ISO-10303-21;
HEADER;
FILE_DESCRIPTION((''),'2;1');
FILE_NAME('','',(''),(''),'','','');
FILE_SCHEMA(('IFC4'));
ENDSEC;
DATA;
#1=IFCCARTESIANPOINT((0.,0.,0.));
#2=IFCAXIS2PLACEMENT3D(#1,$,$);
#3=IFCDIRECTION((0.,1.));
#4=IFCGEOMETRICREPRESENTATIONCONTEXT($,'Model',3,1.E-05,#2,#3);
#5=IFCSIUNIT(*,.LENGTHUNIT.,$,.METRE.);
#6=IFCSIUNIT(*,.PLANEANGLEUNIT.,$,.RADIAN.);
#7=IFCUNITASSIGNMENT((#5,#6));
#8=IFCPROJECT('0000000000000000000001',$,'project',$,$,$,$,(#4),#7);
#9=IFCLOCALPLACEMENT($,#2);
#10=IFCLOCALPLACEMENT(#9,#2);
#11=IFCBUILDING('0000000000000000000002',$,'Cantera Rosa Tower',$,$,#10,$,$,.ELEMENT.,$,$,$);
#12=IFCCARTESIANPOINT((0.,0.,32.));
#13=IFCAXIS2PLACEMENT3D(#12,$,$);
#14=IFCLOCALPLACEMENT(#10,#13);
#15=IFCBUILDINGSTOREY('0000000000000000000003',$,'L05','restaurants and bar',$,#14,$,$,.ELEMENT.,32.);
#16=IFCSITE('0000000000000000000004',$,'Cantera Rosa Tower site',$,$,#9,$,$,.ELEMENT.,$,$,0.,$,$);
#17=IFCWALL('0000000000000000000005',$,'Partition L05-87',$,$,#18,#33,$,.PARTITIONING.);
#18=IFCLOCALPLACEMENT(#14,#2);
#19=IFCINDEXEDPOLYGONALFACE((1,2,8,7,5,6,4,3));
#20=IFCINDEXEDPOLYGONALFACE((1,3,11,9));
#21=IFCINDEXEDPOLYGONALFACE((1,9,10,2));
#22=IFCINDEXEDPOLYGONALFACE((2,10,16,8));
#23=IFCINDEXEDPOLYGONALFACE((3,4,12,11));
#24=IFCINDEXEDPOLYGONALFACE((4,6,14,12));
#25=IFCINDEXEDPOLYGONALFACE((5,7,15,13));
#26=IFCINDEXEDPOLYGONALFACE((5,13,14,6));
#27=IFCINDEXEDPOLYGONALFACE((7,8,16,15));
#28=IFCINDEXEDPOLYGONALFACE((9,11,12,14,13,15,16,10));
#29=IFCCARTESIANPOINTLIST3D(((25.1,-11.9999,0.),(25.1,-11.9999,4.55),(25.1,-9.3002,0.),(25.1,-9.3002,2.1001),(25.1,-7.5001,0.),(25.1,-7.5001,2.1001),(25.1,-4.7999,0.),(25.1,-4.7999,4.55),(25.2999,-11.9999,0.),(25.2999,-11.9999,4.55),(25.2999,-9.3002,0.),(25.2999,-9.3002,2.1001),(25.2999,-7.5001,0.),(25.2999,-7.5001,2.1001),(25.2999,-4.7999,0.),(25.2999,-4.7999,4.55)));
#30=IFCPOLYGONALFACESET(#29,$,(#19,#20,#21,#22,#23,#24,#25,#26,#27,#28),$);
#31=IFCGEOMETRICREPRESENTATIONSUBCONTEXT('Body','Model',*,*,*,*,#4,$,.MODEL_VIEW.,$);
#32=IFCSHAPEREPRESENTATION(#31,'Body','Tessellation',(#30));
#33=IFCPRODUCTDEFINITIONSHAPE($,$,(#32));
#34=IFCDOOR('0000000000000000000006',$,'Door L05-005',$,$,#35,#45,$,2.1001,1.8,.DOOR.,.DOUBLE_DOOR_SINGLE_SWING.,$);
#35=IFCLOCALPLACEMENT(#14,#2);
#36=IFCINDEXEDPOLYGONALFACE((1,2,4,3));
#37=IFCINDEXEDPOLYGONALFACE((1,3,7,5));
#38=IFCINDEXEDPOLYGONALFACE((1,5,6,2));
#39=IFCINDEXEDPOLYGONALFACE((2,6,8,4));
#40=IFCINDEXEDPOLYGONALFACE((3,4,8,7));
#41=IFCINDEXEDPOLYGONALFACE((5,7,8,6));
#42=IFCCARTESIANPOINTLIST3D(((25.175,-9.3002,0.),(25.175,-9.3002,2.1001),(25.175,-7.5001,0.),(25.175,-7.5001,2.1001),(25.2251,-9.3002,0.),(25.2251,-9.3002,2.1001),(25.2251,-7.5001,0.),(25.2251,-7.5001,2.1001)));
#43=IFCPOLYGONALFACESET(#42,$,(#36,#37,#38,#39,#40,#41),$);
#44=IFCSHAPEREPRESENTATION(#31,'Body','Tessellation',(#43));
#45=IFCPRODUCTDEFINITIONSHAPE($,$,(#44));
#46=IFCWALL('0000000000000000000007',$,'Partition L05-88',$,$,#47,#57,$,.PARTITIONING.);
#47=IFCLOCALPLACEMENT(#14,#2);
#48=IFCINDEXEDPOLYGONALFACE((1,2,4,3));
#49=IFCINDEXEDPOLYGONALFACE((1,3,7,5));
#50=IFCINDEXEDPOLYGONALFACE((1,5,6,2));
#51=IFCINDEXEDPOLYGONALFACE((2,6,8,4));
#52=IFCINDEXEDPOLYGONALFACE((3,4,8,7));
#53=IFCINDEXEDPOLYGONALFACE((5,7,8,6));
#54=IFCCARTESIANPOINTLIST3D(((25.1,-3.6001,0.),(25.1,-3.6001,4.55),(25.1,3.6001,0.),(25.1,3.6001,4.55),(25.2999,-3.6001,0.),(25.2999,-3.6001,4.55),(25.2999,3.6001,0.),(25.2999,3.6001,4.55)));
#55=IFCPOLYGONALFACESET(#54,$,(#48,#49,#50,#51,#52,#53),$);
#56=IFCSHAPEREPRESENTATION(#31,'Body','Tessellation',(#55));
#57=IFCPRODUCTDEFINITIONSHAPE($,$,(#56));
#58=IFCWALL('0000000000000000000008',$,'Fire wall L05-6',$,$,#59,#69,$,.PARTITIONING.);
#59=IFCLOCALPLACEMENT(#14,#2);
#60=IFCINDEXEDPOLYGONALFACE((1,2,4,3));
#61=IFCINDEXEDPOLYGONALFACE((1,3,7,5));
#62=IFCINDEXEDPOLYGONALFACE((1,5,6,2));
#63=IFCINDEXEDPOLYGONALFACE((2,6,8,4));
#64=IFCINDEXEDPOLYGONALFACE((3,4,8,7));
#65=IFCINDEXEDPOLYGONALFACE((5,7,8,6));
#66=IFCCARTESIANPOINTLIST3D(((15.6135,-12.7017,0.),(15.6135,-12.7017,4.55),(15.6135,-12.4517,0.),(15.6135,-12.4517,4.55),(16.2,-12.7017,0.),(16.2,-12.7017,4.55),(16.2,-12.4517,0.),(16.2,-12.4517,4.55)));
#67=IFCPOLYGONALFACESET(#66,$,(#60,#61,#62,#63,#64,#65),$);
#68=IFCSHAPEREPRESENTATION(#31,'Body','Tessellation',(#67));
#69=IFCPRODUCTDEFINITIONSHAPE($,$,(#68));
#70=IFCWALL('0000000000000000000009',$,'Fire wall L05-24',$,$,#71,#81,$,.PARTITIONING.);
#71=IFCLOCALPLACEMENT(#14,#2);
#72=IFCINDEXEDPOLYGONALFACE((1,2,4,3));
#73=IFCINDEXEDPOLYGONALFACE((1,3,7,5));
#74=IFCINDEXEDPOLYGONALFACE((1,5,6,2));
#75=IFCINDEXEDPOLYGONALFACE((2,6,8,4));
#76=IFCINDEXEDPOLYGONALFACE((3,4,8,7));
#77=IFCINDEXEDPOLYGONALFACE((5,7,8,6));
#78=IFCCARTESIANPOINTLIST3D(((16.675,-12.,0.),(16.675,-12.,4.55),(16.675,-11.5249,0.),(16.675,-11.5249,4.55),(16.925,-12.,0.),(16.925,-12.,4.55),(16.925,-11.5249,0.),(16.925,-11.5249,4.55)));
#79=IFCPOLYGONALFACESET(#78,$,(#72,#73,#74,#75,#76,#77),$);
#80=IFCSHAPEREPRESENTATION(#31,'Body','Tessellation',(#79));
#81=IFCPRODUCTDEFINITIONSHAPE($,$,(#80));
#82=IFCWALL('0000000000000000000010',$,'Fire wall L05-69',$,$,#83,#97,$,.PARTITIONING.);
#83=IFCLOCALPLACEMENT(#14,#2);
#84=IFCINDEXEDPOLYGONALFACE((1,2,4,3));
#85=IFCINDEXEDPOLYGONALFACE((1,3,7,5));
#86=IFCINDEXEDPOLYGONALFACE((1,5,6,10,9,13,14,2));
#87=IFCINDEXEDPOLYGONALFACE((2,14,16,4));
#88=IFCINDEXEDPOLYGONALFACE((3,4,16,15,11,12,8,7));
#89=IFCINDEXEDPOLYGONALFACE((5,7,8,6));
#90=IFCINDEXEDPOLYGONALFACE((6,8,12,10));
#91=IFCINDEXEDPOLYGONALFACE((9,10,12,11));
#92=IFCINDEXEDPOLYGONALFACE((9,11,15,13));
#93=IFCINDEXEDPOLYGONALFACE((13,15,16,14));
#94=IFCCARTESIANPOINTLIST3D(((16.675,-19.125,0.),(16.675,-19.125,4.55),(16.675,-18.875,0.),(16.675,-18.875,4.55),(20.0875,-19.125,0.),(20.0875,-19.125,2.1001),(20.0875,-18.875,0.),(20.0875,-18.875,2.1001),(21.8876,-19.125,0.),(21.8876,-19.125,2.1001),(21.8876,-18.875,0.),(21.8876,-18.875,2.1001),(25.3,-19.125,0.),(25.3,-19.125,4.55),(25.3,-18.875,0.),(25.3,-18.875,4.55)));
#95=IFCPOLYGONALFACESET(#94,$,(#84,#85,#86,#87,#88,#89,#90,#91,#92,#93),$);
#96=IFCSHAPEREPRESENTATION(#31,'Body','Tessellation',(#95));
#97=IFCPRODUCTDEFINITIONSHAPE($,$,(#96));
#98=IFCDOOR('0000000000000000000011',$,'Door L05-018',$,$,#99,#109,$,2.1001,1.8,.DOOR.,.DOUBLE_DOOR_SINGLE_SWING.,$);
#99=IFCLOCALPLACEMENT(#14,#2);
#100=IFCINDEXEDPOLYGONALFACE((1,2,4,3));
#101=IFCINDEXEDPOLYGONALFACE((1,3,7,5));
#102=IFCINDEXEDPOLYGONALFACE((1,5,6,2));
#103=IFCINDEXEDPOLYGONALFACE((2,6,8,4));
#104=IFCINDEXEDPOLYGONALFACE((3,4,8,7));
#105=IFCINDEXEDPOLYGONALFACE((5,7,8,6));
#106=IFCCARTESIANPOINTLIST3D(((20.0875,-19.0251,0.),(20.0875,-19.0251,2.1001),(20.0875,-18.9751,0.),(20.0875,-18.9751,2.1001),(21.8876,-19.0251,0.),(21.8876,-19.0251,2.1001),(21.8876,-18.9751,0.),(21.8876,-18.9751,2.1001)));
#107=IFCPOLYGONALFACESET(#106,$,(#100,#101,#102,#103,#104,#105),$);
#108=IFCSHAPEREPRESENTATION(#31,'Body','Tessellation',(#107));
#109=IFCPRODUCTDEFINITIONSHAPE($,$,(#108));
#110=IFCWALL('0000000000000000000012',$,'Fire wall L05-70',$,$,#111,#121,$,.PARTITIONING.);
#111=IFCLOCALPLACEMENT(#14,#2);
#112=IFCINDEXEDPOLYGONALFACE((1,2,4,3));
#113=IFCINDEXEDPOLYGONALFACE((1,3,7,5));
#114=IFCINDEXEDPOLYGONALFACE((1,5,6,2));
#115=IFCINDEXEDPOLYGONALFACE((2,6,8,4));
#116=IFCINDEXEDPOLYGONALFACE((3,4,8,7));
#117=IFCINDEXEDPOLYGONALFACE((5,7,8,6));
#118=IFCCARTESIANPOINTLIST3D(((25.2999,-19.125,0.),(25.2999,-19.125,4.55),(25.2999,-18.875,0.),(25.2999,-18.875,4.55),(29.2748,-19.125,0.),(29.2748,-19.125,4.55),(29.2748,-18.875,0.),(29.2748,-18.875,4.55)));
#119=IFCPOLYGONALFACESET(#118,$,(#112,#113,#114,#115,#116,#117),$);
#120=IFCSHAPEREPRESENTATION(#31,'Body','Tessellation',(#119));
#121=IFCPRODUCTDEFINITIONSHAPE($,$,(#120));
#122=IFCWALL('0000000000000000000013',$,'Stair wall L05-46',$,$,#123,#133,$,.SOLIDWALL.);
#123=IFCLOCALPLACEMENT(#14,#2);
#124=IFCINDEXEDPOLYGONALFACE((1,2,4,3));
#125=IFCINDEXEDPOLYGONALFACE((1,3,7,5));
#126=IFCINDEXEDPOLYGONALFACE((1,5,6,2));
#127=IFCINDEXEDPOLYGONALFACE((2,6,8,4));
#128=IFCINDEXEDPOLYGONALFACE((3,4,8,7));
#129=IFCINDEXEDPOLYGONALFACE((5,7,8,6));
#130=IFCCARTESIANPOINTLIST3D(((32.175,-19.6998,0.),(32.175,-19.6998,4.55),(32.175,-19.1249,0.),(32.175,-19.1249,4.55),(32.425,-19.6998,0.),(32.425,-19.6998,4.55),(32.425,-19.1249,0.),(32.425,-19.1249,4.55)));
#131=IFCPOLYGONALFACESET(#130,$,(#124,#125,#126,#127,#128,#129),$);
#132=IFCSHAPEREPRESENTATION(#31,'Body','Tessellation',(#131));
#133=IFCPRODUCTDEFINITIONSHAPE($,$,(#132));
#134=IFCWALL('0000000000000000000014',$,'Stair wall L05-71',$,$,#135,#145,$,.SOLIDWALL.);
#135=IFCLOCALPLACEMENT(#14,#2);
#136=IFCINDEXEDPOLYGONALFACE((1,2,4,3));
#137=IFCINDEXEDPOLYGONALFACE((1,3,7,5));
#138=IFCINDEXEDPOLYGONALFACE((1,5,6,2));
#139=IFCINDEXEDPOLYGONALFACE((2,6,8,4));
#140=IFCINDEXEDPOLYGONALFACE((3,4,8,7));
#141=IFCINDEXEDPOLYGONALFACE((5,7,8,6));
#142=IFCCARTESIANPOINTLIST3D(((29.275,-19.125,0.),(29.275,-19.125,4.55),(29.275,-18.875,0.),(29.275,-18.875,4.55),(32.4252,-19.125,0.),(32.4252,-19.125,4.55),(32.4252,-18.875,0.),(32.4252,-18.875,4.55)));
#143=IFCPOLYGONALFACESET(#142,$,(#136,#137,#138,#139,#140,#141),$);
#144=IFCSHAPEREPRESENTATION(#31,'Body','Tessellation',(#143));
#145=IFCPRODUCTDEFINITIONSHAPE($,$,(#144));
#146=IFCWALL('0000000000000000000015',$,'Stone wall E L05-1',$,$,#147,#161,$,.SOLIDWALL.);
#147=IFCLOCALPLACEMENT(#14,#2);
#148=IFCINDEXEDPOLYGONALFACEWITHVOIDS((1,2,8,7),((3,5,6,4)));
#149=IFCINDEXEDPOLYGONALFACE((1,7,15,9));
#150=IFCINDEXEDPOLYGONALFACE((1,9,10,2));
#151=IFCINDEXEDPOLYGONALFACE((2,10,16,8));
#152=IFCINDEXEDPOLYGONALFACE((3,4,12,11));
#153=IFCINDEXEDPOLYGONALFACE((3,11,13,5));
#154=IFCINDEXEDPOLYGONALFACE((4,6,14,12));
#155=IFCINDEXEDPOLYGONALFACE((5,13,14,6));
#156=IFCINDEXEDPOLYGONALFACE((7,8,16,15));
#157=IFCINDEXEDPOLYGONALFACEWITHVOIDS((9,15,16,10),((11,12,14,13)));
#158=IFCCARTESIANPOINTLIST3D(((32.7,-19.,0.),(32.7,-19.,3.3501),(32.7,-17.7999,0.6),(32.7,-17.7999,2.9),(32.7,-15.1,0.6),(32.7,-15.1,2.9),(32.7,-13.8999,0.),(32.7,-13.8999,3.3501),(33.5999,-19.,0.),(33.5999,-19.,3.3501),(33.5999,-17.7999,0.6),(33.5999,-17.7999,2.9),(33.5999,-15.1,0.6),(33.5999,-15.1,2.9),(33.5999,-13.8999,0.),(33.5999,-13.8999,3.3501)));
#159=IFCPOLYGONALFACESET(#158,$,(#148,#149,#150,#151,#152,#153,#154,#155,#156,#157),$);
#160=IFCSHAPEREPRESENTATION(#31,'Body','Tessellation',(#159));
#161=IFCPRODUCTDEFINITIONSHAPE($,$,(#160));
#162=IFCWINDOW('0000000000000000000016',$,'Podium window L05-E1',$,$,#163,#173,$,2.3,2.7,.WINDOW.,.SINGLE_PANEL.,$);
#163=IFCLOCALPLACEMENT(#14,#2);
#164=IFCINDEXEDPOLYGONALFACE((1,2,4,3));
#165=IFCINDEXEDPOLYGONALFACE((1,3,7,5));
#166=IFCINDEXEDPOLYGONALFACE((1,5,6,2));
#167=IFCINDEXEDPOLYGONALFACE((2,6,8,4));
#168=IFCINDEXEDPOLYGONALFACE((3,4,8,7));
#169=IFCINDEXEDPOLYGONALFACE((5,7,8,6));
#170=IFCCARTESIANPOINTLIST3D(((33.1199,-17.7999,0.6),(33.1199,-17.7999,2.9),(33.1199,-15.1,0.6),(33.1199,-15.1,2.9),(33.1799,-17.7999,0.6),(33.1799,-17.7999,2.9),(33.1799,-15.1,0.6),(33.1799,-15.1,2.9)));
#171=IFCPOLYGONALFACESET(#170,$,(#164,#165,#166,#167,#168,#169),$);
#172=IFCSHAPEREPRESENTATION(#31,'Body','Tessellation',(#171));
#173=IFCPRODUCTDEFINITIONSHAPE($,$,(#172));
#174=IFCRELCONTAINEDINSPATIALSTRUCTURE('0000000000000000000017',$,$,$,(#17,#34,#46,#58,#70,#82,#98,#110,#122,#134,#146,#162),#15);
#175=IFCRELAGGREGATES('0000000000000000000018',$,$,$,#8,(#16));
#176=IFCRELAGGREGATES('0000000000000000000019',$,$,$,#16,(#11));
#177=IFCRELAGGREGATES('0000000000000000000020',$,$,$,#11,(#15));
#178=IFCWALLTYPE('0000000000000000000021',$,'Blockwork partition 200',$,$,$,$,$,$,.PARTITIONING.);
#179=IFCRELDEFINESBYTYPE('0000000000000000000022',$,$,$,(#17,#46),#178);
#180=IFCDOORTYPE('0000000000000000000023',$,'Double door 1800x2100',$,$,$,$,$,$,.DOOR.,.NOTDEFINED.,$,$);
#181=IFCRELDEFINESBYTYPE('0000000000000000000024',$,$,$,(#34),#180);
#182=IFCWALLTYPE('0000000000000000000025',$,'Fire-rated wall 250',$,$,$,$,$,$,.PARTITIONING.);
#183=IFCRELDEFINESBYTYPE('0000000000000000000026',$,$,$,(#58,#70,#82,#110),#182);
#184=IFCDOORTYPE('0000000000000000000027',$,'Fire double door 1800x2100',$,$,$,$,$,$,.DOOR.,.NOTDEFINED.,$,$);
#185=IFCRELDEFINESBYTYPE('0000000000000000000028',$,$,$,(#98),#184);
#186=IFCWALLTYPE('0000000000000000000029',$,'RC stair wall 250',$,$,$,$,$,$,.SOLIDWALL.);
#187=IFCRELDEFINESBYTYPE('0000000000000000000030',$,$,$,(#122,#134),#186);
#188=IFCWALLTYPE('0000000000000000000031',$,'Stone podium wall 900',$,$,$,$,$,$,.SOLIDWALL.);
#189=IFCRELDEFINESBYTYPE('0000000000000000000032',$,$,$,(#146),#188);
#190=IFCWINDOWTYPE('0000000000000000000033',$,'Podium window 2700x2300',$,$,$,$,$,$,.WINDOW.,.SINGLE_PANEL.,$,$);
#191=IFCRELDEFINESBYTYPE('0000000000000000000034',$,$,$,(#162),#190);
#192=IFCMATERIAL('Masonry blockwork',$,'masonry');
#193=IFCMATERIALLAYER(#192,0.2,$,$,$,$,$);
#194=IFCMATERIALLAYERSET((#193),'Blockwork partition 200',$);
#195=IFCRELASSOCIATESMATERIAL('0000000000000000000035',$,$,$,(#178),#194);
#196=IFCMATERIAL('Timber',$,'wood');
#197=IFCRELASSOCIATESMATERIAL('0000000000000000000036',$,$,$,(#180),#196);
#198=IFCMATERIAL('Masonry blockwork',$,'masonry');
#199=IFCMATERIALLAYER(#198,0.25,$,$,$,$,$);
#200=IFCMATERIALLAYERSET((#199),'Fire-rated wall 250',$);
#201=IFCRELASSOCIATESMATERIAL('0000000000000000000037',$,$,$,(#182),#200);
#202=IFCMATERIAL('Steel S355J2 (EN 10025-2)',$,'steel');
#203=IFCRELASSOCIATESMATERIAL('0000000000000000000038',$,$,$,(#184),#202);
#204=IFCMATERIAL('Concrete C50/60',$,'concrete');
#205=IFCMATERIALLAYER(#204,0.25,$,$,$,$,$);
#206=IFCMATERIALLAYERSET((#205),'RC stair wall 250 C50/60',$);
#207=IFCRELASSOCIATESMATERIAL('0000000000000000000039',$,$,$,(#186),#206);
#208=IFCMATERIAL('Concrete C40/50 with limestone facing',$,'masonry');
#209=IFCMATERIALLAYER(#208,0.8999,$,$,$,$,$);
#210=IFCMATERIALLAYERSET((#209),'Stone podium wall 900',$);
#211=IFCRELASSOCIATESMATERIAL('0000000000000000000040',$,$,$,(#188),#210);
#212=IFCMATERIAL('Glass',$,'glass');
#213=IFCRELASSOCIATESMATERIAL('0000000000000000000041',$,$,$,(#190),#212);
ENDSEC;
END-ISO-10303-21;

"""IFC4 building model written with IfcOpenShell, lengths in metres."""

from ifc_helpers import new_model, si_unit, direction, frame, frame_2d, origin, place, context, subcontext, project, spatial, rectangle, extrude, material, layer, layer_set, type_object, element, fill, save


model = new_model("IFC4")

# Units and contexts
model_context = context("Model", 3, precision=1e-05, world=origin(), true_north=direction((0.0, 1.0)))
body_context = subcontext(model_context, "Body", "Model", "MODEL_VIEW")
ifc_project = project(units=[si_unit("LENGTHUNIT", "METRE"), si_unit("PLANEANGLEUNIT", "RADIAN")], contexts=[model_context])

# Site, building, storey
site_placement = place(None, origin())
site = spatial("IfcSite", under=ifc_project, at=site_placement, Name="Cantera Rosa Tower site", CompositionType="ELEMENT", RefElevation=0.0)
building_placement = place(site_placement, origin())
building = spatial("IfcBuilding", under=site, at=building_placement, Name="Cantera Rosa Tower", CompositionType="ELEMENT")
storey_placement = place(building_placement, frame((0.0, 0.0, 32.0)))
storey = spatial("IfcBuildingStorey", under=building, at=storey_placement, Name="L05", Description="restaurants and bar", CompositionType="ELEMENT", Elevation=32.0)

# Shared definitions
ifc_material_1 = material(Name="Masonry blockwork", Category="masonry")
ifc_layer_1 = layer(ifc_material_1, 0.2)
ifc_layer_set_1 = layer_set([ifc_layer_1], Name="Blockwork partition 200")
wall_type_1 = type_object("IfcWallType", Name="Blockwork partition 200", PredefinedType="PARTITIONING", material=ifc_layer_set_1)

# Wall, opening, door
wall_1_placement = place(storey_placement, frame((25.2, -12.0, 0.0), z_axis=(0.0, 0.0, 1.0), x_axis=(0.0, 1.0, 0.0)))
wall_1 = element("IfcWall", 1, at=wall_1_placement, inside=storey, type_object=wall_type_1, Name="Partition L05-87", PredefinedType="PARTITIONING", context=body_context, shape_type="SweptSolid", body=[
    extrude(rectangle(XDim=7.2, YDim=0.2, at=frame_2d((3.6001, 0.0))), origin(), (0.0, 0.0, 1.0), 4.55),
])
opening_1_placement = place(wall_1_placement, frame((2.7, 0.0, 0.0)))
opening_1 = element("IfcOpeningElement", 2, at=opening_1_placement, cuts=wall_1, PredefinedType="OPENING", context=body_context, shape_type="SweptSolid", body=[
    extrude(rectangle(XDim=1.8, YDim=2.1001, at=frame_2d((0.8999, 1.05))), frame((0.0, 0.1099, 0.0), z_axis=(0.0, -1.0, 0.0), x_axis=(1.0, 0.0, 0.0)), (0.0, 0.0, 1.0), 0.22),
])
ifc_material_2 = material(Name="Timber", Category="wood")
door_type_1 = type_object("IfcDoorType", Name="Double door 1800x2100", OperationType="NOTDEFINED", PredefinedType="DOOR", material=ifc_material_2)
door_1_placement = place(opening_1_placement, origin())
door_1 = element("IfcDoor", 3, at=door_1_placement, inside=storey, type_object=door_type_1, Name="Door L05-005", OperationType="DOUBLE_DOOR_SINGLE_SWING", OverallHeight=2.1001, OverallWidth=1.8, PredefinedType="DOOR", context=body_context, shape_type="SweptSolid", body=[
    extrude(rectangle(XDim=1.8, YDim=2.1001, at=frame_2d((0.8999, 1.05))), frame((0.0, 0.0249, 0.0), z_axis=(0.0, -1.0, 0.0), x_axis=(1.0, 0.0, 0.0)), (0.0, 0.0, 1.0), 0.05),
])
fill(opening_1, door_1)

# Walls
wall_2_placement = place(storey_placement, frame((25.2, -3.6001, 0.0), z_axis=(0.0, 0.0, 1.0), x_axis=(0.0, 1.0, 0.0)))
element("IfcWall", 4, at=wall_2_placement, inside=storey, type_object=wall_type_1, Name="Partition L05-88", PredefinedType="PARTITIONING", context=body_context, shape_type="SweptSolid", body=[
    extrude(rectangle(XDim=7.2002, YDim=0.2, at=frame_2d((3.6001, 0.0))), origin(), (0.0, 0.0, 1.0), 4.55),
])
ifc_material_3 = material(Name="Masonry blockwork", Category="masonry")
ifc_layer_2 = layer(ifc_material_3, 0.25)
ifc_layer_set_2 = layer_set([ifc_layer_2], Name="Fire-rated wall 250")
wall_type_2 = type_object("IfcWallType", Name="Fire-rated wall 250", PredefinedType="PARTITIONING", material=ifc_layer_set_2)
wall_3_placement = place(storey_placement, frame((15.6135, -12.5767, 0.0), z_axis=(0.0, 0.0, 1.0), x_axis=(1.0, 0.0, 0.0)))
element("IfcWall", 5, at=wall_3_placement, inside=storey, type_object=wall_type_2, Name="Fire wall L05-6", PredefinedType="PARTITIONING", context=body_context, shape_type="SweptSolid", body=[
    extrude(rectangle(XDim=0.5864, YDim=0.25, at=frame_2d((0.2932, 0.0))), origin(), (0.0, 0.0, 1.0), 4.55),
])
wall_4_placement = place(storey_placement, frame((16.8, -12.0, 0.0), z_axis=(0.0, 0.0, 1.0), x_axis=(0.0, 1.0, 0.0)))
element("IfcWall", 6, at=wall_4_placement, inside=storey, type_object=wall_type_2, Name="Fire wall L05-24", PredefinedType="PARTITIONING", context=body_context, shape_type="SweptSolid", body=[
    extrude(rectangle(XDim=0.4751, YDim=0.25, at=frame_2d((0.2375, 0.0))), origin(), (0.0, 0.0, 1.0), 4.55),
])

# Wall, opening, door
wall_5_placement = place(storey_placement, frame((16.675, -19.0, 0.0), z_axis=(0.0, 0.0, 1.0), x_axis=(1.0, 0.0, 0.0)))
wall_5 = element("IfcWall", 7, at=wall_5_placement, inside=storey, type_object=wall_type_2, Name="Fire wall L05-69", PredefinedType="PARTITIONING", context=body_context, shape_type="SweptSolid", body=[
    extrude(rectangle(XDim=8.625, YDim=0.25, at=frame_2d((4.3125, 0.0))), origin(), (0.0, 0.0, 1.0), 4.55),
])
opening_2_placement = place(wall_5_placement, frame((3.4126, 0.0, 0.0)))
opening_2 = element("IfcOpeningElement", 8, at=opening_2_placement, cuts=wall_5, PredefinedType="OPENING", context=body_context, shape_type="SweptSolid", body=[
    extrude(rectangle(XDim=1.8, YDim=2.1001, at=frame_2d((0.8999, 1.05))), frame((0.0, 0.135, 0.0), z_axis=(0.0, -1.0, 0.0), x_axis=(1.0, 0.0, 0.0)), (0.0, 0.0, 1.0), 0.27),
])
ifc_material_4 = material(Name="Steel S355J2 (EN 10025-2)", Category="steel")
door_type_2 = type_object("IfcDoorType", Name="Fire double door 1800x2100", OperationType="NOTDEFINED", PredefinedType="DOOR", material=ifc_material_4)
door_2_placement = place(opening_2_placement, origin())
door_2 = element("IfcDoor", 9, at=door_2_placement, inside=storey, type_object=door_type_2, Name="Door L05-018", OperationType="DOUBLE_DOOR_SINGLE_SWING", OverallHeight=2.1001, OverallWidth=1.8, PredefinedType="DOOR", context=body_context, shape_type="SweptSolid", body=[
    extrude(rectangle(XDim=1.8, YDim=2.1001, at=frame_2d((0.8999, 1.05))), frame((0.0, 0.0249, 0.0), z_axis=(0.0, -1.0, 0.0), x_axis=(1.0, 0.0, 0.0)), (0.0, 0.0, 1.0), 0.05),
])
fill(opening_2, door_2)

# Walls
wall_6_placement = place(storey_placement, frame((25.3, -19.0, 0.0), z_axis=(0.0, 0.0, 1.0), x_axis=(1.0, 0.0, 0.0)))
element("IfcWall", 10, at=wall_6_placement, inside=storey, type_object=wall_type_2, Name="Fire wall L05-70", PredefinedType="PARTITIONING", context=body_context, shape_type="SweptSolid", body=[
    extrude(rectangle(XDim=3.9749, YDim=0.25, at=frame_2d((1.9873, 0.0))), origin(), (0.0, 0.0, 1.0), 4.55),
])
ifc_material_5 = material(Name="Concrete C50/60", Category="concrete")
ifc_layer_3 = layer(ifc_material_5, 0.25)
ifc_layer_set_3 = layer_set([ifc_layer_3], Name="RC stair wall 250 C50/60")
wall_type_3 = type_object("IfcWallType", Name="RC stair wall 250", PredefinedType="SOLIDWALL", material=ifc_layer_set_3)
wall_7_placement = place(storey_placement, frame((32.3, -19.7, 0.0), z_axis=(0.0, 0.0, 1.0), x_axis=(0.0, 1.0, 0.0)))
element("IfcWall", 11, at=wall_7_placement, inside=storey, type_object=wall_type_3, Name="Stair wall L05-46", PredefinedType="SOLIDWALL", context=body_context, shape_type="SweptSolid", body=[
    extrude(rectangle(XDim=0.575, YDim=0.25, at=frame_2d((0.2876, 0.0))), origin(), (0.0, 0.0, 1.0), 4.55),
])
wall_8_placement = place(storey_placement, frame((29.2749, -19.0, 0.0), z_axis=(0.0, 0.0, 1.0), x_axis=(1.0, 0.0, 0.0)))
element("IfcWall", 12, at=wall_8_placement, inside=storey, type_object=wall_type_3, Name="Stair wall L05-71", PredefinedType="SOLIDWALL", context=body_context, shape_type="SweptSolid", body=[
    extrude(rectangle(XDim=3.1501, YDim=0.25, at=frame_2d((1.5752, 0.0))), origin(), (0.0, 0.0, 1.0), 4.55),
])

# Wall, opening, window
ifc_material_6 = material(Name="Concrete C40/50 with limestone facing", Category="masonry")
ifc_layer_4 = layer(ifc_material_6, 0.8999)
ifc_layer_set_4 = layer_set([ifc_layer_4], Name="Stone podium wall 900")
wall_type_4 = type_object("IfcWallType", Name="Stone podium wall 900", PredefinedType="SOLIDWALL", material=ifc_layer_set_4)
wall_9_placement = place(storey_placement, frame((33.1499, -19.0, 0.0), z_axis=(0.0, 0.0, 1.0), x_axis=(0.0, 1.0, 0.0)))
wall_9 = element("IfcWall", 13, at=wall_9_placement, inside=storey, type_object=wall_type_4, Name="Stone wall E L05-1", PredefinedType="SOLIDWALL", context=body_context, shape_type="SweptSolid", body=[
    extrude(rectangle(XDim=5.1001, YDim=0.8999, at=frame_2d((2.55, 0.0))), origin(), (0.0, 0.0, 1.0), 3.3501),
])
opening_3_placement = place(wall_9_placement, frame((1.2, 0.0, 0.6001)))
opening_3 = element("IfcOpeningElement", 14, at=opening_3_placement, cuts=wall_9, PredefinedType="OPENING", context=body_context, shape_type="SweptSolid", body=[
    extrude(rectangle(XDim=2.7, YDim=2.3, at=frame_2d((1.3501, 1.1499))), frame((0.0, 0.46, 0.0), z_axis=(0.0, -1.0, 0.0), x_axis=(1.0, 0.0, 0.0)), (0.0, 0.0, 1.0), 0.9199),
])
ifc_material_7 = material(Name="Glass", Category="glass")
window_type_1 = type_object("IfcWindowType", Name="Podium window 2700x2300", PartitioningType="SINGLE_PANEL", PredefinedType="WINDOW", material=ifc_material_7)
window_1_placement = place(opening_3_placement, origin())
window_1 = element("IfcWindow", 15, at=window_1_placement, inside=storey, type_object=window_type_1, Name="Podium window L05-E1", OverallHeight=2.3, OverallWidth=2.7, PartitioningType="SINGLE_PANEL", PredefinedType="WINDOW", context=body_context, shape_type="SweptSolid", body=[
    extrude(rectangle(XDim=2.7, YDim=2.3, at=frame_2d((1.3501, 1.1499))), frame((0.0, 0.03, 0.0), z_axis=(0.0, -1.0, 0.0), x_axis=(1.0, 0.0, 0.0)), (0.0, 0.0, 1.0), 0.0601),
])
fill(opening_3, window_1)

save(model, "model.ifc")
